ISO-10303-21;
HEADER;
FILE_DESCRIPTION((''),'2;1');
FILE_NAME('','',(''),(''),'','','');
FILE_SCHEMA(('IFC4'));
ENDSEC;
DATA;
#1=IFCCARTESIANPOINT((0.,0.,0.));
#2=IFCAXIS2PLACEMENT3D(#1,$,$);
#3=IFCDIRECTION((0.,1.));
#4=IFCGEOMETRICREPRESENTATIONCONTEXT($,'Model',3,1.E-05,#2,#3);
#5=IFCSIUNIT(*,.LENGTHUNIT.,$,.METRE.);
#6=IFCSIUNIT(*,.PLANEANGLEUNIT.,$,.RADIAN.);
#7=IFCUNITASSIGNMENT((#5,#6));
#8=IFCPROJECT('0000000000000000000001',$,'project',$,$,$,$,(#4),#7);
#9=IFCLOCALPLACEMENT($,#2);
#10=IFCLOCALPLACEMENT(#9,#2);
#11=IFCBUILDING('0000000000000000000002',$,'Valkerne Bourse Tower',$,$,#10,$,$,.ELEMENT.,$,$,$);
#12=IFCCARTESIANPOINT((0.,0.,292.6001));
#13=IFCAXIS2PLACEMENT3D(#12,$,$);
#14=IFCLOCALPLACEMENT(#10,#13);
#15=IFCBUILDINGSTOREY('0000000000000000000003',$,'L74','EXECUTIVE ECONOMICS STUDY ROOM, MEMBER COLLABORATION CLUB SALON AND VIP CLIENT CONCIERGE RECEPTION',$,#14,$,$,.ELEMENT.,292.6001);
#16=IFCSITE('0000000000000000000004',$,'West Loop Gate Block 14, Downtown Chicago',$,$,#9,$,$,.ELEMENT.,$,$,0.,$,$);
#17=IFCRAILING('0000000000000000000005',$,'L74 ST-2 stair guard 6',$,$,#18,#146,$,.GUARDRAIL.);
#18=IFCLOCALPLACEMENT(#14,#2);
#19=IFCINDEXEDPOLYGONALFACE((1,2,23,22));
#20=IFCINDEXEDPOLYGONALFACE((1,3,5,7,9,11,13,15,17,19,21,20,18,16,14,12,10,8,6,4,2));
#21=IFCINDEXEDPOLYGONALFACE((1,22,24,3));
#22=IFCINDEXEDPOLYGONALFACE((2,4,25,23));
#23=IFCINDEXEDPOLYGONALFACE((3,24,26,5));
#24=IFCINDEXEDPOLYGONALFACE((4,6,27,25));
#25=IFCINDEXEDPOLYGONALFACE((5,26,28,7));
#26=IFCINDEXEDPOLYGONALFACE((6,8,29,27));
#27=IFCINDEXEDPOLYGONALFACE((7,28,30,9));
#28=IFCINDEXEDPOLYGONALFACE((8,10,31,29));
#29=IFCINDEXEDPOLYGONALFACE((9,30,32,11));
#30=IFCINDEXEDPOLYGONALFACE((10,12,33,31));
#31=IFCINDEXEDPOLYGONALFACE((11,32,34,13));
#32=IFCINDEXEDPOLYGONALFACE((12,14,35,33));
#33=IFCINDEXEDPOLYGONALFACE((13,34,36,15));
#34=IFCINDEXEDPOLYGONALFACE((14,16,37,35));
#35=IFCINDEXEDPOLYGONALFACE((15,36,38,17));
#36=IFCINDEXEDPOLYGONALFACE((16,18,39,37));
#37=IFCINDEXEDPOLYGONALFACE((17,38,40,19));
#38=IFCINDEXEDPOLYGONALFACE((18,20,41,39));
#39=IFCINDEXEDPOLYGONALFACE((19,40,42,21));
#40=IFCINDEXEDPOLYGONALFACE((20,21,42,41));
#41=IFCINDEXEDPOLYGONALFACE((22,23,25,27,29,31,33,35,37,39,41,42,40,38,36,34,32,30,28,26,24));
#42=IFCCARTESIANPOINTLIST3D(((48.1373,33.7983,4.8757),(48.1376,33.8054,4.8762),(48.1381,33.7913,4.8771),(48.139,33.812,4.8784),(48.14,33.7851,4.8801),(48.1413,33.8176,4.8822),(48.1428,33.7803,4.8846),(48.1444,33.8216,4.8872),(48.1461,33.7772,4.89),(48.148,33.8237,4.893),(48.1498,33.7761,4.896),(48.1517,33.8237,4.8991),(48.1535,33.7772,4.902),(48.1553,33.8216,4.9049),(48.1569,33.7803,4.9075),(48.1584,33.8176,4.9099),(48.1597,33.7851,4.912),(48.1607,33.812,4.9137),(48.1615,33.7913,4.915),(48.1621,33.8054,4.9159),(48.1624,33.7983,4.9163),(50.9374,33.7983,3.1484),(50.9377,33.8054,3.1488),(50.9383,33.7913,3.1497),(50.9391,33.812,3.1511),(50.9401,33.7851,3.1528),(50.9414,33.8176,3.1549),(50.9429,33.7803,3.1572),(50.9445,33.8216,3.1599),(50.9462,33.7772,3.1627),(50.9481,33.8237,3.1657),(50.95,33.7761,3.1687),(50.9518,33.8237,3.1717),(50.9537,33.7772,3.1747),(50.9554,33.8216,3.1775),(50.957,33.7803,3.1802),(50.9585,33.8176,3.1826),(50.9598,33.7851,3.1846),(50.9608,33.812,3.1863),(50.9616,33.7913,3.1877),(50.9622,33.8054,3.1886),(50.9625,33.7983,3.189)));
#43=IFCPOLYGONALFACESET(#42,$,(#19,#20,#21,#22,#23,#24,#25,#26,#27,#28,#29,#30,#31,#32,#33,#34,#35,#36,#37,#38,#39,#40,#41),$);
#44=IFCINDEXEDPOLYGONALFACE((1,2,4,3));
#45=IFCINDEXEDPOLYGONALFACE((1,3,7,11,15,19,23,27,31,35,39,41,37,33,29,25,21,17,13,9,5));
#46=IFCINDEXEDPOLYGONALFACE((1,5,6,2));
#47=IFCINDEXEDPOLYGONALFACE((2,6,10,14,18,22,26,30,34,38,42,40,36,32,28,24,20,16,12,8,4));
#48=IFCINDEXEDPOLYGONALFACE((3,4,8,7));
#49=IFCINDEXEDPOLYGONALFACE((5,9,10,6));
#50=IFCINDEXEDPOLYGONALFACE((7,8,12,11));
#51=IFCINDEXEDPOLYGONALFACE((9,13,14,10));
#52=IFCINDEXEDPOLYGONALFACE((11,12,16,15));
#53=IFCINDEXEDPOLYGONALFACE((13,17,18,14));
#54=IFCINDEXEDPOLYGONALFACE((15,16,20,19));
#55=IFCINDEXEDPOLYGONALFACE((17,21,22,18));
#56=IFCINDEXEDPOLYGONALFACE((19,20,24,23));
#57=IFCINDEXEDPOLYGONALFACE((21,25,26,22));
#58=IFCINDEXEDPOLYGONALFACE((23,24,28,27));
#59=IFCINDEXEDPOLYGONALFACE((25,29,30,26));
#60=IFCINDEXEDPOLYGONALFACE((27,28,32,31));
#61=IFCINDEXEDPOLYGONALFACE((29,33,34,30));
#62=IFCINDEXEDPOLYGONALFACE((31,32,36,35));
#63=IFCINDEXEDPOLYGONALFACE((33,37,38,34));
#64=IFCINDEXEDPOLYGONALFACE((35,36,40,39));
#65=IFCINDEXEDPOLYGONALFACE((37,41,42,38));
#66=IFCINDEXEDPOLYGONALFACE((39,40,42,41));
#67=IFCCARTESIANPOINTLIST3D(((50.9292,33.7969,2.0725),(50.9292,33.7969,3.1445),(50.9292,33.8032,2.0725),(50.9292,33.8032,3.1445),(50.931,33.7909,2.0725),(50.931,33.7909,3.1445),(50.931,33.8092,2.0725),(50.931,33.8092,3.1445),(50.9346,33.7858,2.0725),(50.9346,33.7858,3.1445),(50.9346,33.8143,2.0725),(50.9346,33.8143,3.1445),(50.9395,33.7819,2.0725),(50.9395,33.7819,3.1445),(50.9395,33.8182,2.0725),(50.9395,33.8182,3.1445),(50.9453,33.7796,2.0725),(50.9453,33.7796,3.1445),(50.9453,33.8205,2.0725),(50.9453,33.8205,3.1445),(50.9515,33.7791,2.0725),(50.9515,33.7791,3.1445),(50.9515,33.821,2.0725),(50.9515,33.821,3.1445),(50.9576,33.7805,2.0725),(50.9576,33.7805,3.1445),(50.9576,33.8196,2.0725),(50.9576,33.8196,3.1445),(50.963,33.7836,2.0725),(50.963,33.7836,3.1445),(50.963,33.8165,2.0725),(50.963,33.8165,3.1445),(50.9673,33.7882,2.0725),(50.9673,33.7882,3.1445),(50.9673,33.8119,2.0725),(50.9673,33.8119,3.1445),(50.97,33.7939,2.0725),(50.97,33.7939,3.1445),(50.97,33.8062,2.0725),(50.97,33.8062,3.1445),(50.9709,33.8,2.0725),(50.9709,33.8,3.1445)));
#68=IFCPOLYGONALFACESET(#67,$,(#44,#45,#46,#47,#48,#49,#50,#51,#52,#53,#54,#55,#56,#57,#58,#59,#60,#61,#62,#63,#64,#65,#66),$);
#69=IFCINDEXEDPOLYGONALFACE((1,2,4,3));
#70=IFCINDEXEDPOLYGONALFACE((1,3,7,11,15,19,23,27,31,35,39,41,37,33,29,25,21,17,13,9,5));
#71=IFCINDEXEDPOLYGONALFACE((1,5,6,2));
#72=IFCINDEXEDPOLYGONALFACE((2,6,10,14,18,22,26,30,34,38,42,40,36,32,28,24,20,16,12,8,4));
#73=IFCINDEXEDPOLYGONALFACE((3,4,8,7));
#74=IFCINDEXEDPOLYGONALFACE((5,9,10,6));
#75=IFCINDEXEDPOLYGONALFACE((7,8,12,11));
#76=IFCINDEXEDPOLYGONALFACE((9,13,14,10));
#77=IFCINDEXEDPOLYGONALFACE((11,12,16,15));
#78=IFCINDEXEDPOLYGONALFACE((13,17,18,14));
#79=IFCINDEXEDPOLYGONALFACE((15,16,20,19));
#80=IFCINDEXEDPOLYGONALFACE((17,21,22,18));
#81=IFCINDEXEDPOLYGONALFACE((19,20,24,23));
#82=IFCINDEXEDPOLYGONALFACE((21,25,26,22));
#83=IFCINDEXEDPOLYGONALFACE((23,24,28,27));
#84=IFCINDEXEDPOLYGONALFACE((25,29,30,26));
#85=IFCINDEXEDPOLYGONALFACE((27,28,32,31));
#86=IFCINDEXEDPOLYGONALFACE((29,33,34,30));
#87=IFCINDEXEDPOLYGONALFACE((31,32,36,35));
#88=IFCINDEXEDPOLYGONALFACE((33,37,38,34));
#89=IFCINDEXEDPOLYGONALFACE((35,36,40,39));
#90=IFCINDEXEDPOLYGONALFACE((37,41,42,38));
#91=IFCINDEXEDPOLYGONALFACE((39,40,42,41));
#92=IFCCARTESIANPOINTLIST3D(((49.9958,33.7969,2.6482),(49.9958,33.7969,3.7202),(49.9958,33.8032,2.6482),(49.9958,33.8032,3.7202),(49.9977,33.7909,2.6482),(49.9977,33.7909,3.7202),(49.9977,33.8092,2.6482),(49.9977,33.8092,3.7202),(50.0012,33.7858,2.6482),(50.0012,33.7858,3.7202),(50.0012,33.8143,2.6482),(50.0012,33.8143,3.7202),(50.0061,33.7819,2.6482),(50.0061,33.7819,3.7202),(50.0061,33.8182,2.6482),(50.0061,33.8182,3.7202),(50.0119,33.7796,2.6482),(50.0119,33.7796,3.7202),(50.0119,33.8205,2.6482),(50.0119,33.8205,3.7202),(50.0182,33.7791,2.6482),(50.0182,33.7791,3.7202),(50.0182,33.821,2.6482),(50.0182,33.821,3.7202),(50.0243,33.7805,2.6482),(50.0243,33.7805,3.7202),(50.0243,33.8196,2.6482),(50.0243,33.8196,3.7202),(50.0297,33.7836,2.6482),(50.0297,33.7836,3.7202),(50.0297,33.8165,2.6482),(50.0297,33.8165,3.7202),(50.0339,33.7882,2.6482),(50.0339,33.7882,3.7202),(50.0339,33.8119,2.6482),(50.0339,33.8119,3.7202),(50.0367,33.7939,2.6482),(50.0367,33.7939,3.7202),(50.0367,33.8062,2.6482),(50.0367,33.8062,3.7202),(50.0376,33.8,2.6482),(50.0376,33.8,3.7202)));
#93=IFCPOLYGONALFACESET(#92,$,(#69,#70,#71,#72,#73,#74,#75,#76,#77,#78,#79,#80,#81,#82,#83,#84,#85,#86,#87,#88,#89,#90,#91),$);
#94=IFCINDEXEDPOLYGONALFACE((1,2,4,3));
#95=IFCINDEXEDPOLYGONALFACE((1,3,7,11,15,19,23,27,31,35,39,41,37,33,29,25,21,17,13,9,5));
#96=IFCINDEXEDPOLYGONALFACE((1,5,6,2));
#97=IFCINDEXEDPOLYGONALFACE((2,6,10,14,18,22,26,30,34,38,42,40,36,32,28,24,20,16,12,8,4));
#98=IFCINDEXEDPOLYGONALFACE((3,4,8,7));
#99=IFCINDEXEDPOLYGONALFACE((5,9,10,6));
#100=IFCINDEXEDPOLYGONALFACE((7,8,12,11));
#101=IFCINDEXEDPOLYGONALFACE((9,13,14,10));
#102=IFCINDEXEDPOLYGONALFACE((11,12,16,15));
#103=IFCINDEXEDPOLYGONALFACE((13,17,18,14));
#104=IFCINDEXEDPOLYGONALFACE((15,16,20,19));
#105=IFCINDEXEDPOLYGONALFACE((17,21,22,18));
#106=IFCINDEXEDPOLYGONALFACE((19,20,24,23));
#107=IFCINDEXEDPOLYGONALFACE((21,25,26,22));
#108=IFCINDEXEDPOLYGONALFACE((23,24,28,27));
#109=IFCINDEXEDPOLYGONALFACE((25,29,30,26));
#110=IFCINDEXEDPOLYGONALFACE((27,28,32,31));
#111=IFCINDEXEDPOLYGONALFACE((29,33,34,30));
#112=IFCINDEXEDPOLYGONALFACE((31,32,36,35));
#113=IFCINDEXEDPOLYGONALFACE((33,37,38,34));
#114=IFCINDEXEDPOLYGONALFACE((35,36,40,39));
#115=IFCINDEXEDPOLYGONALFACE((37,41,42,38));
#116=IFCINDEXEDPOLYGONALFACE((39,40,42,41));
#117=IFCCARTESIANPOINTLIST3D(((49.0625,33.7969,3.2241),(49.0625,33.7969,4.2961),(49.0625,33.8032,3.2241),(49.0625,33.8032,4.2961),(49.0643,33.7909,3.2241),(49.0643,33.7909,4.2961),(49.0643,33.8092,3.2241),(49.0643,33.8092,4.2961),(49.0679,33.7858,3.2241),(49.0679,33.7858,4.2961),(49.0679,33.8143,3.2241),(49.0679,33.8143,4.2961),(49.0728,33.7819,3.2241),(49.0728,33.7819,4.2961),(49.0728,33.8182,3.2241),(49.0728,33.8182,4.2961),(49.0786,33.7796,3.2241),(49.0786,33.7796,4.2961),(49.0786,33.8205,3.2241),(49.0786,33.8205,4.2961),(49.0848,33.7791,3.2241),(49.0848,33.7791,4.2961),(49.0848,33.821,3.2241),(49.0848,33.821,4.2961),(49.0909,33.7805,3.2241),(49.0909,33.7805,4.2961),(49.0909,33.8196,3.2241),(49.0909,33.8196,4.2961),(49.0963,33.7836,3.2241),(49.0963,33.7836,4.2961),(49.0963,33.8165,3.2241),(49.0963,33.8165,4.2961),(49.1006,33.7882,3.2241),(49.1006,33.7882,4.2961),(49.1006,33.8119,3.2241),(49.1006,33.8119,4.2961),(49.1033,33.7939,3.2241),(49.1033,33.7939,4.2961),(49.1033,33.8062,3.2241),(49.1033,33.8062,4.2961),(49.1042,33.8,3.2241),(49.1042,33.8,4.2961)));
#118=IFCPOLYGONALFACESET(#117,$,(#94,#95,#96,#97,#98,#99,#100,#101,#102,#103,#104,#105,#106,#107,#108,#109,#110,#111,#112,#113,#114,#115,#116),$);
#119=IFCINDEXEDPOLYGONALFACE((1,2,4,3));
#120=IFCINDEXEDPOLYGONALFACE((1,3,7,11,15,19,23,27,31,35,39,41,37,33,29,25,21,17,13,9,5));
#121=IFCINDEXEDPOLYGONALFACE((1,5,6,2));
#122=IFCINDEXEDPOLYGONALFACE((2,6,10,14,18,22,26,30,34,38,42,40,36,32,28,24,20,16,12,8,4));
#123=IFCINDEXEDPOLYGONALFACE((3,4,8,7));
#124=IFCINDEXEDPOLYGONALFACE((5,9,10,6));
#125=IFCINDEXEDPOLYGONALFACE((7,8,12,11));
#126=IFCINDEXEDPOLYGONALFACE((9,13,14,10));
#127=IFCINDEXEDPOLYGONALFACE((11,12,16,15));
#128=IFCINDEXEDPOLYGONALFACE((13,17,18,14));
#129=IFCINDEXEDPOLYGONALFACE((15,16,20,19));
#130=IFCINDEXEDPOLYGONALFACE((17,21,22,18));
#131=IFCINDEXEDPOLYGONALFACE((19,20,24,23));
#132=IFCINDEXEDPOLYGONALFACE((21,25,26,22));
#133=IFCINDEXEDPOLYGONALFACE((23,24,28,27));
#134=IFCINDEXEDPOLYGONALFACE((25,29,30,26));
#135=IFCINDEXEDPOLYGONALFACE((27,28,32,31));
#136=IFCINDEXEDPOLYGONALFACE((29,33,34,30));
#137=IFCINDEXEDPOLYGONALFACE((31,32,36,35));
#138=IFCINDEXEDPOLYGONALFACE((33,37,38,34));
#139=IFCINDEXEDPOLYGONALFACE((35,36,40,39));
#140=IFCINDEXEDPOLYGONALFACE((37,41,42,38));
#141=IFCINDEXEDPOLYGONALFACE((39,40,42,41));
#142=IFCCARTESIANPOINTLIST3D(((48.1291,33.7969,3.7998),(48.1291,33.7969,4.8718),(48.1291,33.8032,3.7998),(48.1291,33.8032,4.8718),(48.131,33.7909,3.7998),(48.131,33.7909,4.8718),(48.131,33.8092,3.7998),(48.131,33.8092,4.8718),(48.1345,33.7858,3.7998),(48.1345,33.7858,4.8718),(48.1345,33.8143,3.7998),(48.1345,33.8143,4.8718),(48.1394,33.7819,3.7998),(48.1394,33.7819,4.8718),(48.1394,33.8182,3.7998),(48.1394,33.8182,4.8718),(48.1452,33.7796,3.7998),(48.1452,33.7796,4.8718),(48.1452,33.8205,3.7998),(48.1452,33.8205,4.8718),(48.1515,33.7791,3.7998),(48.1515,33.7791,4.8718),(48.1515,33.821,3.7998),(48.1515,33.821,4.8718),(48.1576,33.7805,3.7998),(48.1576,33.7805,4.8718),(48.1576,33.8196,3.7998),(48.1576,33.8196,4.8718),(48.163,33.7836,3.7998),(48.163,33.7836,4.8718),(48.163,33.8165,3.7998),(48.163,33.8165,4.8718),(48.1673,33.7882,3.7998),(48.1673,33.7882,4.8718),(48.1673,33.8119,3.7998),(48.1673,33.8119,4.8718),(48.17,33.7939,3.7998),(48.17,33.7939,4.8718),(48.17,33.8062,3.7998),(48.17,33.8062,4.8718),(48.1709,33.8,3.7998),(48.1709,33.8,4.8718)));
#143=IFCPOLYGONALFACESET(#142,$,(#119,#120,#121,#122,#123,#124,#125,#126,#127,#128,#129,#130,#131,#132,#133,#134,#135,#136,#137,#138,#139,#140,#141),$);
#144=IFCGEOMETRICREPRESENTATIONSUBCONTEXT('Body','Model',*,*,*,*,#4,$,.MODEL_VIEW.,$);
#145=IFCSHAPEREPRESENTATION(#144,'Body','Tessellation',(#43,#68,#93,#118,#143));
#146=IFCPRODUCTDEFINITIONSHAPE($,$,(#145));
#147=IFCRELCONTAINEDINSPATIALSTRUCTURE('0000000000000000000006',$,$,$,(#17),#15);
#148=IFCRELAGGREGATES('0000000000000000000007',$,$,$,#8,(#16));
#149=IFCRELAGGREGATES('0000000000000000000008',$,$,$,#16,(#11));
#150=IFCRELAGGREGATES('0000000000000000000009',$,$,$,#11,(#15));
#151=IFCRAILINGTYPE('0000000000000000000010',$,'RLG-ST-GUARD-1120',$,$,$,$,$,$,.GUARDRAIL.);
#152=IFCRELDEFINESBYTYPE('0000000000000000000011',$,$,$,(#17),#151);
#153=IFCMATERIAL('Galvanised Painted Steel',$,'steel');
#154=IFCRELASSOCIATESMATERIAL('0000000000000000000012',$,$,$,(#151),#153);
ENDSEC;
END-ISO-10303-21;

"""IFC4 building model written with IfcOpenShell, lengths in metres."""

from ifc_helpers import new_model, si_unit, direction, frame, origin, origin_2d, place, context, subcontext, project, spatial, circle, extrude, material, type_object, element, save


model = new_model("IFC4")

# Units and contexts
model_context = context("Model", 3, precision=1e-05, world=origin(), true_north=direction((0.0, 1.0)))
body_context = subcontext(model_context, "Body", "Model", "MODEL_VIEW")
ifc_project = project(units=[si_unit("LENGTHUNIT", "METRE"), si_unit("PLANEANGLEUNIT", "RADIAN")], contexts=[model_context])

# Site, building, storey
site_placement = place(None, origin())
site = spatial("IfcSite", under=ifc_project, at=site_placement, Name="West Loop Gate Block 14, Downtown Chicago", CompositionType="ELEMENT", RefElevation=0.0)
building_placement = place(site_placement, origin())
building = spatial("IfcBuilding", under=site, at=building_placement, Name="Valkerne Bourse Tower", CompositionType="ELEMENT")
storey_placement = place(building_placement, frame((0.0, 0.0, 292.6001)))
storey = spatial("IfcBuildingStorey", under=building, at=storey_placement, Name="L74", Description="EXECUTIVE ECONOMICS STUDY ROOM, MEMBER COLLABORATION CLUB SALON AND VIP CLIENT CONCIERGE RECEPTION", CompositionType="ELEMENT", Elevation=292.6001)

# Shared definitions
ifc_material_1 = material(Name="Galvanised Painted Steel", Category="steel")

# Railing
railing_type_1 = type_object("IfcRailingType", Name="RLG-ST-GUARD-1120", PredefinedType="GUARDRAIL", material=ifc_material_1)
railing_1_placement = place(storey_placement, frame((50.95, 33.8, 2.0725)))
element("IfcRailing", 1, at=railing_1_placement, inside=storey, type_object=railing_type_1, Name="L74 ST-2 stair guard 6", PredefinedType="GUARDRAIL", context=body_context, shape_type="SweptSolid", body=[
    extrude(circle(Radius=0.0239, at=origin_2d()), frame((0.0, 0.0, 1.0962), z_axis=(-0.85109, 0.0, 0.52502), x_axis=(0.0, -1.0, 0.0)), (0.0, 0.0, 1.0), 3.29),
    extrude(circle(Radius=0.021, at=origin_2d()), origin(), (0.0, 0.0, 1.0), 1.072),
    extrude(circle(Radius=0.021, at=origin_2d()), frame((-0.9333, 0.0, 0.5757)), (0.0, 0.0, 1.0), 1.072),
    extrude(circle(Radius=0.021, at=origin_2d()), frame((-1.8667, 0.0, 1.1516)), (0.0, 0.0, 1.0), 1.072),
    extrude(circle(Radius=0.021, at=origin_2d()), frame((-2.8, 0.0, 1.7273)), (0.0, 0.0, 1.0), 1.072),
])

save(model, "model.ifc")
